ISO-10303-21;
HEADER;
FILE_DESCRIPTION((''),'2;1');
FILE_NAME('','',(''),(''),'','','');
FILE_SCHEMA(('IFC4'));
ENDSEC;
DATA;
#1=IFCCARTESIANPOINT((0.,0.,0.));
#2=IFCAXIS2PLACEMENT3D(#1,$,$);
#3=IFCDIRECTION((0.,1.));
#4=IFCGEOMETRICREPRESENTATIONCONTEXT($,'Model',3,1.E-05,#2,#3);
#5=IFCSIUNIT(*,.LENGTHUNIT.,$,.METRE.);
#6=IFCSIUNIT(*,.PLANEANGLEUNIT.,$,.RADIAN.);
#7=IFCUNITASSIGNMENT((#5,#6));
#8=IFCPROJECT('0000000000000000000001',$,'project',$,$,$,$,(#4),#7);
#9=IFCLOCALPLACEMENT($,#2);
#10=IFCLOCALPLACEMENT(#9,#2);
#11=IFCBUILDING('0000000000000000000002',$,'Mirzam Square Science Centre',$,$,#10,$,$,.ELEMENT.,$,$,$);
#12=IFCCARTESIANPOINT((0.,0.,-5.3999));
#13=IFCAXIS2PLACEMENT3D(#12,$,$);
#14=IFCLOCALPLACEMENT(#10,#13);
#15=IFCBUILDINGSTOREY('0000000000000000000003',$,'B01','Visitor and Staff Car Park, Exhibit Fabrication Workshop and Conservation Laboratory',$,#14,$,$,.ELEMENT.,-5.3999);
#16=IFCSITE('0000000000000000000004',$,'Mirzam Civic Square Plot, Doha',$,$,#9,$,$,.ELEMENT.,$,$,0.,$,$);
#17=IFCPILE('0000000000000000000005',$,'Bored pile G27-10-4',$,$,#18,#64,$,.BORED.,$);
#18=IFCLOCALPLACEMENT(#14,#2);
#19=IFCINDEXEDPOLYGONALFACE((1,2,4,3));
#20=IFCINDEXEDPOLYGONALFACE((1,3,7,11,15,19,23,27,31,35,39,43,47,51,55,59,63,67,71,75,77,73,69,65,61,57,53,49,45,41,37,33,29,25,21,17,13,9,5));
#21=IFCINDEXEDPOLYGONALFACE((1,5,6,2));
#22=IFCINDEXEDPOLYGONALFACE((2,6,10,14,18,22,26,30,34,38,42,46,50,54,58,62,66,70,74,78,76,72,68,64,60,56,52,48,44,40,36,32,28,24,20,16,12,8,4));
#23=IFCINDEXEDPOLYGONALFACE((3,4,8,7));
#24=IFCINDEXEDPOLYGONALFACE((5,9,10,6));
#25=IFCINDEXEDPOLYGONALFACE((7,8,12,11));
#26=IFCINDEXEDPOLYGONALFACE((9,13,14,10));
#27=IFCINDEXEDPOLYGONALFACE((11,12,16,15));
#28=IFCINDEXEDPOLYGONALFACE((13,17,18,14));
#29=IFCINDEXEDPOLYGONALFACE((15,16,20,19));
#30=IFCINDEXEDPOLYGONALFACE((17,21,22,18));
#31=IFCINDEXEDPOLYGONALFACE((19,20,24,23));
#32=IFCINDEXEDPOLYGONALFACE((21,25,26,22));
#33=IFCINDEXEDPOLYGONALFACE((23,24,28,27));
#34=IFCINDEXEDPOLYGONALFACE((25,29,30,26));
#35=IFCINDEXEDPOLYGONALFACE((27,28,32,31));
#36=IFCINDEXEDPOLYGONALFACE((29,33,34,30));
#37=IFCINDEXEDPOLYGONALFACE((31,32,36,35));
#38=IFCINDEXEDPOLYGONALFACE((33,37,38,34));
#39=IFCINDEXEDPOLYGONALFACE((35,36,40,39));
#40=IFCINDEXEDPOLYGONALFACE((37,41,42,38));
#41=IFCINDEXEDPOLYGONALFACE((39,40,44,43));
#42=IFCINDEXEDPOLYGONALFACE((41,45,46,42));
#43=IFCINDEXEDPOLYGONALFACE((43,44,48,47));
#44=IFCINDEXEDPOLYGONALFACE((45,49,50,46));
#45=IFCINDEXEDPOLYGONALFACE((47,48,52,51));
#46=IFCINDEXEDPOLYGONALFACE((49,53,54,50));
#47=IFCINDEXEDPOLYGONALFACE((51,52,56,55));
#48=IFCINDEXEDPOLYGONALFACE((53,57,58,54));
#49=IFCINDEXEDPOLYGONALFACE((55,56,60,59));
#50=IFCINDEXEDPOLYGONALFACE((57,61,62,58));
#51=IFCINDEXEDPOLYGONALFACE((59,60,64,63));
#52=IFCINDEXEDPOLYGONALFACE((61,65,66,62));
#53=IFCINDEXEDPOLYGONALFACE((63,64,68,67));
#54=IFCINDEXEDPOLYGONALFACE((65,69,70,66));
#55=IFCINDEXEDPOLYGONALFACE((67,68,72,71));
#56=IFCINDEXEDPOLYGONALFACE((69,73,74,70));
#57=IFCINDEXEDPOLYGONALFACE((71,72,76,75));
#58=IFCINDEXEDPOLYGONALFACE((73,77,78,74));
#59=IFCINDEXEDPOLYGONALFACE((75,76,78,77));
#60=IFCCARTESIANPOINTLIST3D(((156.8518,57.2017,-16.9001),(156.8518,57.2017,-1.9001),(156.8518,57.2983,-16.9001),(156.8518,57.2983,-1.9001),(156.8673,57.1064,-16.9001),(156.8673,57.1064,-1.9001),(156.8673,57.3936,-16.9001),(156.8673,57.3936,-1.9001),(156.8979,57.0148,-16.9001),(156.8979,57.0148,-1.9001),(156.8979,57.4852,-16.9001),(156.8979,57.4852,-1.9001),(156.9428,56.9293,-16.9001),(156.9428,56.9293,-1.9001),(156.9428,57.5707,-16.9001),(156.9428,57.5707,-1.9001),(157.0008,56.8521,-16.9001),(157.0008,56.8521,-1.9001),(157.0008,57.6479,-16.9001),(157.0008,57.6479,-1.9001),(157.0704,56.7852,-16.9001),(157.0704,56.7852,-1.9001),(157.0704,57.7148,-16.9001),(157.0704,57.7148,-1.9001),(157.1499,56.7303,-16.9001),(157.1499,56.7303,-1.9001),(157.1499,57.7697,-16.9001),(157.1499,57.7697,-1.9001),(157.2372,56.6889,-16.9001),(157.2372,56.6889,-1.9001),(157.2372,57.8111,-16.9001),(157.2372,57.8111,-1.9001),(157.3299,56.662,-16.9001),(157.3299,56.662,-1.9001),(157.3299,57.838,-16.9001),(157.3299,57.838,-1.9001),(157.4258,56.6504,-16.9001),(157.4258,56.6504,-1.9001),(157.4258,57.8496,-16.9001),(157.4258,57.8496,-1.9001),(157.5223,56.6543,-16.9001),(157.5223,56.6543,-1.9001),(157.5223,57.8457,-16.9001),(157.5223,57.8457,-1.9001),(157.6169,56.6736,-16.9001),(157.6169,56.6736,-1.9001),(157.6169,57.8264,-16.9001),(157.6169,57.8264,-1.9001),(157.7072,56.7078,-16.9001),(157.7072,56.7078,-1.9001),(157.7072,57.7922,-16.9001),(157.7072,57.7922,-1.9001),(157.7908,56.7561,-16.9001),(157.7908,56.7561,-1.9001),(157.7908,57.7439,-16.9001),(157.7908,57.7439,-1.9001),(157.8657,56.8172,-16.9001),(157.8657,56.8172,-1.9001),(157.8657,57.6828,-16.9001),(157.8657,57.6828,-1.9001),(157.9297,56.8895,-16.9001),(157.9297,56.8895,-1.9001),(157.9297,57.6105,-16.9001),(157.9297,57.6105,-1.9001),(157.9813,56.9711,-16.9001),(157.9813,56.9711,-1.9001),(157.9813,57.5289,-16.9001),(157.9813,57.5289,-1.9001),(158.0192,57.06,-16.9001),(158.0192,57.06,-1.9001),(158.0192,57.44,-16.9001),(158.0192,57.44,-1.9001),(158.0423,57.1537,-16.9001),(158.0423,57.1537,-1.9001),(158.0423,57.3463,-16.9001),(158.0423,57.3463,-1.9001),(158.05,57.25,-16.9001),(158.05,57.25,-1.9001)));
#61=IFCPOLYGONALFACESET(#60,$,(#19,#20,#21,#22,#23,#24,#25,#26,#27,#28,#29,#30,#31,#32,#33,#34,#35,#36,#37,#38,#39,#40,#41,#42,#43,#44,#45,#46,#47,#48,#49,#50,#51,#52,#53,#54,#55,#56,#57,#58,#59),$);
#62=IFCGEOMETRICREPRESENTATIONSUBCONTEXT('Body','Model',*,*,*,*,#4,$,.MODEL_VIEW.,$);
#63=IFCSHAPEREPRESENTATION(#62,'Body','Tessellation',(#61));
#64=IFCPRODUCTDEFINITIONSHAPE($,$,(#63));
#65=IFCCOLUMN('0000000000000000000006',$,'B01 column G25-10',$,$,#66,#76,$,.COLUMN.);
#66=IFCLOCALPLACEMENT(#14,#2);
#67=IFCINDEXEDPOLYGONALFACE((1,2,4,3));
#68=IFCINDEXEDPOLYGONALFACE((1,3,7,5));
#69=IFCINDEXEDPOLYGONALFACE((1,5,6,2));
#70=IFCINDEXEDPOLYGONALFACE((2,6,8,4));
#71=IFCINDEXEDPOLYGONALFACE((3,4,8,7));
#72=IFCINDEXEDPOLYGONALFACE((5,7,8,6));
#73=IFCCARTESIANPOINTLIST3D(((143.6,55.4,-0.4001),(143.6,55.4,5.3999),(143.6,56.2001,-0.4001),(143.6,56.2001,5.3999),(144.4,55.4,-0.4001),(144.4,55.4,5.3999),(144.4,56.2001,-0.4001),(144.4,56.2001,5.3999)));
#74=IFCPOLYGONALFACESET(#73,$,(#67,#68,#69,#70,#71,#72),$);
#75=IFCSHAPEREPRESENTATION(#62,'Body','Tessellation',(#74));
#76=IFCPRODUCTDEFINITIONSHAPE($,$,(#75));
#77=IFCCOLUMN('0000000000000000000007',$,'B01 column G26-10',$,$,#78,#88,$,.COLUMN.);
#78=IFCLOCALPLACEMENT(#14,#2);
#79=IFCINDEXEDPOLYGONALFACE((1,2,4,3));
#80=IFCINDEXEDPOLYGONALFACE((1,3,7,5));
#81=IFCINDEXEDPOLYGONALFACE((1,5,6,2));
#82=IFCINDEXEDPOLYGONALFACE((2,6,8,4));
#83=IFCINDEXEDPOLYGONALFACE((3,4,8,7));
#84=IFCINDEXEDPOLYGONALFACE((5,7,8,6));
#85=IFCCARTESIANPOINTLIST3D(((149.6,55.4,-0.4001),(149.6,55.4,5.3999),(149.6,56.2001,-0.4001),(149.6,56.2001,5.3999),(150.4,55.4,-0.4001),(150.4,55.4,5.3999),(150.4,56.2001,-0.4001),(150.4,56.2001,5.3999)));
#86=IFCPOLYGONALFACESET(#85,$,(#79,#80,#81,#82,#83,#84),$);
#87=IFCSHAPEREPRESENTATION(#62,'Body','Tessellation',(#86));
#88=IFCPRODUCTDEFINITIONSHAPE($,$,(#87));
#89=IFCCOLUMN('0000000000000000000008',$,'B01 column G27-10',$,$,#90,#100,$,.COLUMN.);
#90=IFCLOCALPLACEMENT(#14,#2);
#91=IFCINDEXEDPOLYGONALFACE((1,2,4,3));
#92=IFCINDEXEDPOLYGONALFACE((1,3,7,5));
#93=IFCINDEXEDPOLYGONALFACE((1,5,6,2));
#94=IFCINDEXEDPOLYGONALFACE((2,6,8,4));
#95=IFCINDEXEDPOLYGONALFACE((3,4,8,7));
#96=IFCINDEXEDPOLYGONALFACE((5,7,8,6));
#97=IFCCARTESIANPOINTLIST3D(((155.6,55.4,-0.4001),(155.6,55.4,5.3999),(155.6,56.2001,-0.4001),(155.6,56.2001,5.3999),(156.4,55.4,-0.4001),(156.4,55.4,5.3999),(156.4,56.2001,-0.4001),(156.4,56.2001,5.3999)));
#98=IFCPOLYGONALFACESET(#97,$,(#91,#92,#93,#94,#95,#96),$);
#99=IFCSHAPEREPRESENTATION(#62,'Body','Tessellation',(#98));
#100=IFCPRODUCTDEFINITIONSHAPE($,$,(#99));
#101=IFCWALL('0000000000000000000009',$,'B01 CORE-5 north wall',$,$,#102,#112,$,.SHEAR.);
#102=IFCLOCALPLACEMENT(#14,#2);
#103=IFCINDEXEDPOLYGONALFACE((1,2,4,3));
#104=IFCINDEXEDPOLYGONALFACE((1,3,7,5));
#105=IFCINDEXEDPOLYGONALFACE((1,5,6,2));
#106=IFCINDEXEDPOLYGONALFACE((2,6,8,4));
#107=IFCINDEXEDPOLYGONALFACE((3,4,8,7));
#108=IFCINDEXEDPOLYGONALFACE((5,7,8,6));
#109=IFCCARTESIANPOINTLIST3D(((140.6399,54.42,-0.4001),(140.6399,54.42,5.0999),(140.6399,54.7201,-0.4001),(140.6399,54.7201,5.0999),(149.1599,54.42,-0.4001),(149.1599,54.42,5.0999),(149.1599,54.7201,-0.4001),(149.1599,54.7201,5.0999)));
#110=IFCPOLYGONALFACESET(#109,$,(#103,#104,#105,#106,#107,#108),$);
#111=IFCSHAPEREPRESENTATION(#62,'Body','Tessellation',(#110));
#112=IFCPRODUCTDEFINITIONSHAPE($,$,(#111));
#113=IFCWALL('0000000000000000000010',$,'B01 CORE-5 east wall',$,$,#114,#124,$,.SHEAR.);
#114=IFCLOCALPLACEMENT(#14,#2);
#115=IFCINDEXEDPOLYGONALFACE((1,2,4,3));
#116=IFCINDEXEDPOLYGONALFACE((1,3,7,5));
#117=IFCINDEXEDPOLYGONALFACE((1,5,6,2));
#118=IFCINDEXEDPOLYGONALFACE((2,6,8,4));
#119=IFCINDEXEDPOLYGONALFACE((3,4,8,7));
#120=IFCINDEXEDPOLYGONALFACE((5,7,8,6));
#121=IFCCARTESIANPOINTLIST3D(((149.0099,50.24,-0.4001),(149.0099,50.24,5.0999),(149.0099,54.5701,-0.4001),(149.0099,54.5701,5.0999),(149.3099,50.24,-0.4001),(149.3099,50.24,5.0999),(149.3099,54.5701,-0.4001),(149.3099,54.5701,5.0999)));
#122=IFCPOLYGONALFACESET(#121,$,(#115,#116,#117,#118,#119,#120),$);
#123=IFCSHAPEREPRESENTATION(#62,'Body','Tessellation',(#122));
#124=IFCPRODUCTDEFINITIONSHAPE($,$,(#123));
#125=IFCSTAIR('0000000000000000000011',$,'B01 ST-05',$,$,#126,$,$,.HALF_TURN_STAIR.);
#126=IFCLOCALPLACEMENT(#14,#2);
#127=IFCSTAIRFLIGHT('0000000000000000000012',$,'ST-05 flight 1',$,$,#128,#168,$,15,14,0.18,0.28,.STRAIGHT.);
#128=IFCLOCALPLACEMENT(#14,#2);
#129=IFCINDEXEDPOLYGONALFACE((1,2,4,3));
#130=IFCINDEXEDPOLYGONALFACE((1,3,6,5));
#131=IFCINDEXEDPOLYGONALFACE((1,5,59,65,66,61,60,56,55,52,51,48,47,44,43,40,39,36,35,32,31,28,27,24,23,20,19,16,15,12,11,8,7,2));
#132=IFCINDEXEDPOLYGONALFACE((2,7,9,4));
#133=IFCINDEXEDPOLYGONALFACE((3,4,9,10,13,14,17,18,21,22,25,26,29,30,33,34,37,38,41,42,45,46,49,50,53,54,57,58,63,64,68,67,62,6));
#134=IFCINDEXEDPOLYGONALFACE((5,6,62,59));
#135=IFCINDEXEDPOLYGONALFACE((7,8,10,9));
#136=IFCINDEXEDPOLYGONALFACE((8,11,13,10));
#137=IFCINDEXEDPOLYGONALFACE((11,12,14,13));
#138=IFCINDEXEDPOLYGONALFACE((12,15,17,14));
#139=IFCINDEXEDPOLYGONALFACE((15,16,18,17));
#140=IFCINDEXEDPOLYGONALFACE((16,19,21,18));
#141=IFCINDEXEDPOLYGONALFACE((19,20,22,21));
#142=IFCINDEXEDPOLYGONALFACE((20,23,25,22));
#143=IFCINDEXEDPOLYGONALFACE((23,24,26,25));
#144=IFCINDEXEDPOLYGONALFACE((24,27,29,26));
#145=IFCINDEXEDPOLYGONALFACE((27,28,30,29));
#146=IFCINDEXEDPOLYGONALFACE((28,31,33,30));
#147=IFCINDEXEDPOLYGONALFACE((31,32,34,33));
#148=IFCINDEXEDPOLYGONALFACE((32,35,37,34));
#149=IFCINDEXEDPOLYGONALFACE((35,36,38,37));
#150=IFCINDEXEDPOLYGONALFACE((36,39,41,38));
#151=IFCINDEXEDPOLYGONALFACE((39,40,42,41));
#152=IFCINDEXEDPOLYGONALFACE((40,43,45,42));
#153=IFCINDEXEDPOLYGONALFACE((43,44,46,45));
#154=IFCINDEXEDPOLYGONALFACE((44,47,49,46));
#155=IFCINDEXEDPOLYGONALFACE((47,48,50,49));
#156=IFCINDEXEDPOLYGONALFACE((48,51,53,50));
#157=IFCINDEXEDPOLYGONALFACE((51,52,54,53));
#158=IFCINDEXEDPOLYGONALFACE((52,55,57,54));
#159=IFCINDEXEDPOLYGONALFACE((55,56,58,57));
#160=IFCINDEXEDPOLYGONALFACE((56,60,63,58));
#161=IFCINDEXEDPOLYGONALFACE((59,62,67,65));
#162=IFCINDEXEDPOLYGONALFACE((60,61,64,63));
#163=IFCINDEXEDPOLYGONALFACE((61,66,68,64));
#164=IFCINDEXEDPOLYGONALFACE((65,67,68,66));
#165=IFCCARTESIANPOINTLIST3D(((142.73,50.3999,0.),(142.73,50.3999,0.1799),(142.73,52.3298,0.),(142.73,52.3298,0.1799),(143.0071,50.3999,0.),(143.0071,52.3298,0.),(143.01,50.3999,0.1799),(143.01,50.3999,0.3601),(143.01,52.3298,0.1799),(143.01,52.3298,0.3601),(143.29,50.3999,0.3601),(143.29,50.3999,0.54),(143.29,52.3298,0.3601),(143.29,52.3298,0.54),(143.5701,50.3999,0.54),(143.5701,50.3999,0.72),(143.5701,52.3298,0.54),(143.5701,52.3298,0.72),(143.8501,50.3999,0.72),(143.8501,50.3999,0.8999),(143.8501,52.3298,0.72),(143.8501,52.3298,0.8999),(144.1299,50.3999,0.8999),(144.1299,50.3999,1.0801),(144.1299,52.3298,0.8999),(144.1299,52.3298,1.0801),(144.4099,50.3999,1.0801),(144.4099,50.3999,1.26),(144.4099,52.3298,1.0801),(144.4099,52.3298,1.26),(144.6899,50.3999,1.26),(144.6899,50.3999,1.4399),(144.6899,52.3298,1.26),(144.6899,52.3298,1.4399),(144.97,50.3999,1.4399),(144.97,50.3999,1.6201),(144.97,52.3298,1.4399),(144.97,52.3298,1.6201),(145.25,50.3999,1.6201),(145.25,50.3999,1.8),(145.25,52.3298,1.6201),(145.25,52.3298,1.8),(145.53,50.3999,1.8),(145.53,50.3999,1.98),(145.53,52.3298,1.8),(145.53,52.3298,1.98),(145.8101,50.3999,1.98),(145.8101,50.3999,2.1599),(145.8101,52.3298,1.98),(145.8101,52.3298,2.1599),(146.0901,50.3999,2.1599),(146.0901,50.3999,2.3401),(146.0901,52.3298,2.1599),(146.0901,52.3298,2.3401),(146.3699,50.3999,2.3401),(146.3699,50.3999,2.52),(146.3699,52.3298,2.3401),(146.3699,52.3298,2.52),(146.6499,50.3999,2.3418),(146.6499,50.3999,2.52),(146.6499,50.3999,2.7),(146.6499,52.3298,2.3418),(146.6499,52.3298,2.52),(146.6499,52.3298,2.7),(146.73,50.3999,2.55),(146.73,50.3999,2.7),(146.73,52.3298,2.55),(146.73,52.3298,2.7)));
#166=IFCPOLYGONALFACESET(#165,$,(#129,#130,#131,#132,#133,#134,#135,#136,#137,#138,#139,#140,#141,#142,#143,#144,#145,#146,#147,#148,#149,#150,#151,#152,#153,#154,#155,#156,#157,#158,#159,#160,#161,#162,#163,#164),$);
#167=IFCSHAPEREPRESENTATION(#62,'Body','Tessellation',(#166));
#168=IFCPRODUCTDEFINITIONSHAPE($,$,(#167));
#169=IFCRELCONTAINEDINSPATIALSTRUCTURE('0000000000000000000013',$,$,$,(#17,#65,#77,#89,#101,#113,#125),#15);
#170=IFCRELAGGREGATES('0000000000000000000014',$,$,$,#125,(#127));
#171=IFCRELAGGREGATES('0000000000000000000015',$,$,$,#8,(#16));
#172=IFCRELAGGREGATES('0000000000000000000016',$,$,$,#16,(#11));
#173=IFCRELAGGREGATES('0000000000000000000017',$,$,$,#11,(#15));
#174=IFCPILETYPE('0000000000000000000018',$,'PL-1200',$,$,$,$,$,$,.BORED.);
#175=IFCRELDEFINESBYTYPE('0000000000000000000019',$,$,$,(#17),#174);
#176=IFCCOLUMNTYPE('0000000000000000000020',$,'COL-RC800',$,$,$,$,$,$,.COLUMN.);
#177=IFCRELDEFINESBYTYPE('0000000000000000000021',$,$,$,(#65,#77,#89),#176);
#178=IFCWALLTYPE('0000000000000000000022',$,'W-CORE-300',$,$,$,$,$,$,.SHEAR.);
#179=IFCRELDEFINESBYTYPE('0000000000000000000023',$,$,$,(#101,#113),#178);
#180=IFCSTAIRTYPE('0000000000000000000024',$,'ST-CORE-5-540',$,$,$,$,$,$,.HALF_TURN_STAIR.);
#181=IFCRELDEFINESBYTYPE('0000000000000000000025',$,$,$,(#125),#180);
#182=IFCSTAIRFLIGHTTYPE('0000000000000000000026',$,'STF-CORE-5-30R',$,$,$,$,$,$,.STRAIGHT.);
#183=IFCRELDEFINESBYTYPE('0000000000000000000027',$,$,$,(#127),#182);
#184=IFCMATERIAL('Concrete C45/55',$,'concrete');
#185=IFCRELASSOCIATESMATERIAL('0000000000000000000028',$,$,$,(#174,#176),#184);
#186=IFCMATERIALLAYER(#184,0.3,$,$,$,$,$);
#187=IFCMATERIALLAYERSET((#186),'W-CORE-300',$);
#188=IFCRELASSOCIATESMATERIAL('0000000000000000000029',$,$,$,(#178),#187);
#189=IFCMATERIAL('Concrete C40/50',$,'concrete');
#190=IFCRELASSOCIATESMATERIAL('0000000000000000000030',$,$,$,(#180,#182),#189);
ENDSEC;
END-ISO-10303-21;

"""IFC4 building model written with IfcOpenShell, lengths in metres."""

from ifc_helpers import new_model, si_unit, direction, frame, frame_2d, origin, origin_2d, place, context, subcontext, project, spatial, polyline, rectangle, circle, outline, extrude, material, layer, layer_set, material_profile, profile_set, type_object, element, aggregate, save


model = new_model("IFC4")

# Units and contexts
model_context = context("Model", 3, precision=1e-05, world=origin(), true_north=direction((0.0, 1.0)))
body_context = subcontext(model_context, "Body", "Model", "MODEL_VIEW")
ifc_project = project(units=[si_unit("LENGTHUNIT", "METRE"), si_unit("PLANEANGLEUNIT", "RADIAN")], contexts=[model_context])

# Site, building, storey
site_placement = place(None, origin())
site = spatial("IfcSite", under=ifc_project, at=site_placement, Name="Mirzam Civic Square Plot, Doha", CompositionType="ELEMENT", RefElevation=0.0)
building_placement = place(site_placement, origin())
building = spatial("IfcBuilding", under=site, at=building_placement, Name="Mirzam Square Science Centre", CompositionType="ELEMENT")
storey_placement = place(building_placement, frame((0.0, 0.0, -5.3999)))
storey = spatial("IfcBuildingStorey", under=building, at=storey_placement, Name="B01", Description="Visitor and Staff Car Park, Exhibit Fabrication Workshop and Conservation Laboratory", CompositionType="ELEMENT", Elevation=-5.3999)

# Shared definitions
ifc_material_1 = material(Name="Concrete C45/55", Category="concrete")

# Pile
ifc_material_profile_1 = material_profile(ifc_material_1, circle(Radius=0.6001, at=origin_2d()), Name="PILE-D1200")
ifc_profile_set_1 = profile_set([ifc_material_profile_1], Name="Concrete C45/55")
pile_type_1 = type_object("IfcPileType", Name="PL-1200", PredefinedType="BORED", material=ifc_profile_set_1)
for number, where, z_axis, x_axis, name in (
    (1, (157.45, 57.25, -1.9001), (0.0, 0.0, -1.0), (1.0, 0.0, 0.0), "Bored pile G27-10-4"),
):
    element("IfcPile", number, at=place(storey_placement, frame(where, z_axis=z_axis, x_axis=x_axis)), inside=storey, type_object=pile_type_1, Name=name, PredefinedType="BORED", context=body_context, shape_type="SweptSolid", body=[
        extrude(circle(Radius=0.6001, at=origin_2d()), origin(), (0.0, 0.0, 1.0), 15.0),
    ])

# Columns
ifc_material_profile_2 = material_profile(ifc_material_1, rectangle(XDim=0.8, YDim=0.8, at=origin_2d()), Name="RC800x800")
ifc_profile_set_2 = profile_set([ifc_material_profile_2], Name="Concrete C45/55")
column_type = type_object("IfcColumnType", Name="COL-RC800", PredefinedType="COLUMN", material=ifc_profile_set_2)
for number, where, z_axis, x_axis, name in (
    (2, (144.0, 55.8, -0.4001), (0.0, 0.0, 1.0), (1.0, 0.0, 0.0), "B01 column G25-10"),
    (3, (150.0, 55.8, -0.4001), (0.0, 0.0, 1.0), (1.0, 0.0, 0.0), "B01 column G26-10"),
    (4, (156.0, 55.8, -0.4001), (0.0, 0.0, 1.0), (1.0, 0.0, 0.0), "B01 column G27-10"),
):
    element("IfcColumn", number, at=place(storey_placement, frame(where, z_axis=z_axis, x_axis=x_axis)), inside=storey, type_object=column_type, Name=name, PredefinedType="COLUMN", context=body_context, shape_type="SweptSolid", body=[
        extrude(rectangle(XDim=0.8, YDim=0.8, at=origin_2d()), origin(), (0.0, 0.0, 1.0), 5.8),
    ])

# Walls
ifc_layer_1 = layer(ifc_material_1, 0.3)
ifc_layer_set_1 = layer_set([ifc_layer_1], Name="W-CORE-300")
wall_type = type_object("IfcWallType", Name="W-CORE-300", PredefinedType="SHEAR", material=ifc_layer_set_1)
wall_1_placement = place(storey_placement, frame((149.1599, 54.5701, -0.4001), z_axis=(0.0, 0.0, 1.0), x_axis=(-1.0, 0.0, 0.0)))
element("IfcWall", 5, at=wall_1_placement, inside=storey, type_object=wall_type, Name="B01 CORE-5 north wall", PredefinedType="SHEAR", context=body_context, shape_type="SweptSolid", body=[
    extrude(rectangle(XDim=8.52, YDim=0.3, at=frame_2d((4.26, 0.0))), origin(), (0.0, 0.0, 1.0), 5.5),
])
wall_2_placement = place(storey_placement, frame((149.1599, 50.24, -0.4001), z_axis=(0.0, 0.0, 1.0), x_axis=(0.0, 1.0, 0.0)))
element("IfcWall", 6, at=wall_2_placement, inside=storey, type_object=wall_type, Name="B01 CORE-5 east wall", PredefinedType="SHEAR", context=body_context, shape_type="SweptSolid", body=[
    extrude(rectangle(XDim=4.3301, YDim=0.3, at=frame_2d((2.165, 0.0))), origin(), (0.0, 0.0, 1.0), 5.5),
])

# Stair, stair flight
ifc_material_2 = material(Name="Concrete C40/50", Category="concrete")
stair_type = type_object("IfcStairType", Name="ST-CORE-5-540", PredefinedType="HALF_TURN_STAIR", material=ifc_material_2)
stair_placement = place(storey_placement, origin())
stair = element("IfcStair", 7, at=stair_placement, inside=storey, type_object=stair_type, Name="B01 ST-05", PredefinedType="HALF_TURN_STAIR")
stair_flight_type = type_object("IfcStairFlightType", Name="STF-CORE-5-30R", PredefinedType="STRAIGHT", material=ifc_material_2)
stair_flight_1_placement = place(storey_placement, frame((142.73, 51.365, 0.0), z_axis=(0.0, 0.0, 1.0), x_axis=(1.0, 0.0, 0.0)))
stair_flight_1 = element("IfcStairFlight", 8, at=stair_flight_1_placement, type_object=stair_flight_type, Name="ST-05 flight 1", NumberOfRisers=15, NumberOfTreads=14, PredefinedType="STRAIGHT", RiserHeight=0.18, TreadLength=0.28, context=body_context, shape_type="SweptSolid", body=[
    extrude(outline(polyline([(0.0, 0.0), (0.0, 0.1799), (0.28, 0.1799), (0.28, 0.3601), (0.5601, 0.3601), (0.5601, 0.54), (0.8401, 0.54), (0.8401, 0.72), (1.1201, 0.72), (1.1201, 0.8999), (1.3999, 0.8999), (1.3999, 1.0801), (1.6799, 1.0801), (1.6799, 1.26), (1.96, 1.26), (1.96, 1.4399), (2.24, 1.4399), (2.24, 1.6201), (2.52, 1.6201), (2.52, 1.8), (2.8, 1.8), (2.8, 1.98), (3.0801, 1.98), (3.0801, 2.1599), (3.3601, 2.1599), (3.3601, 2.3401), (3.6399, 2.3401), (3.6399, 2.52), (3.9199, 2.52), (3.9199, 2.7), (4.0, 2.7), (4.0, 2.55), (3.9199, 2.3418), (0.2771, 0.0), (0.0, 0.0)])), frame((0.0, 0.9648, 0.0), z_axis=(0.0, -1.0, 0.0), x_axis=(1.0, 0.0, 0.0)), (0.0, 0.0, 1.0), 1.9299),
])
aggregate(stair, [stair_flight_1])

save(model, "model.ifc")
